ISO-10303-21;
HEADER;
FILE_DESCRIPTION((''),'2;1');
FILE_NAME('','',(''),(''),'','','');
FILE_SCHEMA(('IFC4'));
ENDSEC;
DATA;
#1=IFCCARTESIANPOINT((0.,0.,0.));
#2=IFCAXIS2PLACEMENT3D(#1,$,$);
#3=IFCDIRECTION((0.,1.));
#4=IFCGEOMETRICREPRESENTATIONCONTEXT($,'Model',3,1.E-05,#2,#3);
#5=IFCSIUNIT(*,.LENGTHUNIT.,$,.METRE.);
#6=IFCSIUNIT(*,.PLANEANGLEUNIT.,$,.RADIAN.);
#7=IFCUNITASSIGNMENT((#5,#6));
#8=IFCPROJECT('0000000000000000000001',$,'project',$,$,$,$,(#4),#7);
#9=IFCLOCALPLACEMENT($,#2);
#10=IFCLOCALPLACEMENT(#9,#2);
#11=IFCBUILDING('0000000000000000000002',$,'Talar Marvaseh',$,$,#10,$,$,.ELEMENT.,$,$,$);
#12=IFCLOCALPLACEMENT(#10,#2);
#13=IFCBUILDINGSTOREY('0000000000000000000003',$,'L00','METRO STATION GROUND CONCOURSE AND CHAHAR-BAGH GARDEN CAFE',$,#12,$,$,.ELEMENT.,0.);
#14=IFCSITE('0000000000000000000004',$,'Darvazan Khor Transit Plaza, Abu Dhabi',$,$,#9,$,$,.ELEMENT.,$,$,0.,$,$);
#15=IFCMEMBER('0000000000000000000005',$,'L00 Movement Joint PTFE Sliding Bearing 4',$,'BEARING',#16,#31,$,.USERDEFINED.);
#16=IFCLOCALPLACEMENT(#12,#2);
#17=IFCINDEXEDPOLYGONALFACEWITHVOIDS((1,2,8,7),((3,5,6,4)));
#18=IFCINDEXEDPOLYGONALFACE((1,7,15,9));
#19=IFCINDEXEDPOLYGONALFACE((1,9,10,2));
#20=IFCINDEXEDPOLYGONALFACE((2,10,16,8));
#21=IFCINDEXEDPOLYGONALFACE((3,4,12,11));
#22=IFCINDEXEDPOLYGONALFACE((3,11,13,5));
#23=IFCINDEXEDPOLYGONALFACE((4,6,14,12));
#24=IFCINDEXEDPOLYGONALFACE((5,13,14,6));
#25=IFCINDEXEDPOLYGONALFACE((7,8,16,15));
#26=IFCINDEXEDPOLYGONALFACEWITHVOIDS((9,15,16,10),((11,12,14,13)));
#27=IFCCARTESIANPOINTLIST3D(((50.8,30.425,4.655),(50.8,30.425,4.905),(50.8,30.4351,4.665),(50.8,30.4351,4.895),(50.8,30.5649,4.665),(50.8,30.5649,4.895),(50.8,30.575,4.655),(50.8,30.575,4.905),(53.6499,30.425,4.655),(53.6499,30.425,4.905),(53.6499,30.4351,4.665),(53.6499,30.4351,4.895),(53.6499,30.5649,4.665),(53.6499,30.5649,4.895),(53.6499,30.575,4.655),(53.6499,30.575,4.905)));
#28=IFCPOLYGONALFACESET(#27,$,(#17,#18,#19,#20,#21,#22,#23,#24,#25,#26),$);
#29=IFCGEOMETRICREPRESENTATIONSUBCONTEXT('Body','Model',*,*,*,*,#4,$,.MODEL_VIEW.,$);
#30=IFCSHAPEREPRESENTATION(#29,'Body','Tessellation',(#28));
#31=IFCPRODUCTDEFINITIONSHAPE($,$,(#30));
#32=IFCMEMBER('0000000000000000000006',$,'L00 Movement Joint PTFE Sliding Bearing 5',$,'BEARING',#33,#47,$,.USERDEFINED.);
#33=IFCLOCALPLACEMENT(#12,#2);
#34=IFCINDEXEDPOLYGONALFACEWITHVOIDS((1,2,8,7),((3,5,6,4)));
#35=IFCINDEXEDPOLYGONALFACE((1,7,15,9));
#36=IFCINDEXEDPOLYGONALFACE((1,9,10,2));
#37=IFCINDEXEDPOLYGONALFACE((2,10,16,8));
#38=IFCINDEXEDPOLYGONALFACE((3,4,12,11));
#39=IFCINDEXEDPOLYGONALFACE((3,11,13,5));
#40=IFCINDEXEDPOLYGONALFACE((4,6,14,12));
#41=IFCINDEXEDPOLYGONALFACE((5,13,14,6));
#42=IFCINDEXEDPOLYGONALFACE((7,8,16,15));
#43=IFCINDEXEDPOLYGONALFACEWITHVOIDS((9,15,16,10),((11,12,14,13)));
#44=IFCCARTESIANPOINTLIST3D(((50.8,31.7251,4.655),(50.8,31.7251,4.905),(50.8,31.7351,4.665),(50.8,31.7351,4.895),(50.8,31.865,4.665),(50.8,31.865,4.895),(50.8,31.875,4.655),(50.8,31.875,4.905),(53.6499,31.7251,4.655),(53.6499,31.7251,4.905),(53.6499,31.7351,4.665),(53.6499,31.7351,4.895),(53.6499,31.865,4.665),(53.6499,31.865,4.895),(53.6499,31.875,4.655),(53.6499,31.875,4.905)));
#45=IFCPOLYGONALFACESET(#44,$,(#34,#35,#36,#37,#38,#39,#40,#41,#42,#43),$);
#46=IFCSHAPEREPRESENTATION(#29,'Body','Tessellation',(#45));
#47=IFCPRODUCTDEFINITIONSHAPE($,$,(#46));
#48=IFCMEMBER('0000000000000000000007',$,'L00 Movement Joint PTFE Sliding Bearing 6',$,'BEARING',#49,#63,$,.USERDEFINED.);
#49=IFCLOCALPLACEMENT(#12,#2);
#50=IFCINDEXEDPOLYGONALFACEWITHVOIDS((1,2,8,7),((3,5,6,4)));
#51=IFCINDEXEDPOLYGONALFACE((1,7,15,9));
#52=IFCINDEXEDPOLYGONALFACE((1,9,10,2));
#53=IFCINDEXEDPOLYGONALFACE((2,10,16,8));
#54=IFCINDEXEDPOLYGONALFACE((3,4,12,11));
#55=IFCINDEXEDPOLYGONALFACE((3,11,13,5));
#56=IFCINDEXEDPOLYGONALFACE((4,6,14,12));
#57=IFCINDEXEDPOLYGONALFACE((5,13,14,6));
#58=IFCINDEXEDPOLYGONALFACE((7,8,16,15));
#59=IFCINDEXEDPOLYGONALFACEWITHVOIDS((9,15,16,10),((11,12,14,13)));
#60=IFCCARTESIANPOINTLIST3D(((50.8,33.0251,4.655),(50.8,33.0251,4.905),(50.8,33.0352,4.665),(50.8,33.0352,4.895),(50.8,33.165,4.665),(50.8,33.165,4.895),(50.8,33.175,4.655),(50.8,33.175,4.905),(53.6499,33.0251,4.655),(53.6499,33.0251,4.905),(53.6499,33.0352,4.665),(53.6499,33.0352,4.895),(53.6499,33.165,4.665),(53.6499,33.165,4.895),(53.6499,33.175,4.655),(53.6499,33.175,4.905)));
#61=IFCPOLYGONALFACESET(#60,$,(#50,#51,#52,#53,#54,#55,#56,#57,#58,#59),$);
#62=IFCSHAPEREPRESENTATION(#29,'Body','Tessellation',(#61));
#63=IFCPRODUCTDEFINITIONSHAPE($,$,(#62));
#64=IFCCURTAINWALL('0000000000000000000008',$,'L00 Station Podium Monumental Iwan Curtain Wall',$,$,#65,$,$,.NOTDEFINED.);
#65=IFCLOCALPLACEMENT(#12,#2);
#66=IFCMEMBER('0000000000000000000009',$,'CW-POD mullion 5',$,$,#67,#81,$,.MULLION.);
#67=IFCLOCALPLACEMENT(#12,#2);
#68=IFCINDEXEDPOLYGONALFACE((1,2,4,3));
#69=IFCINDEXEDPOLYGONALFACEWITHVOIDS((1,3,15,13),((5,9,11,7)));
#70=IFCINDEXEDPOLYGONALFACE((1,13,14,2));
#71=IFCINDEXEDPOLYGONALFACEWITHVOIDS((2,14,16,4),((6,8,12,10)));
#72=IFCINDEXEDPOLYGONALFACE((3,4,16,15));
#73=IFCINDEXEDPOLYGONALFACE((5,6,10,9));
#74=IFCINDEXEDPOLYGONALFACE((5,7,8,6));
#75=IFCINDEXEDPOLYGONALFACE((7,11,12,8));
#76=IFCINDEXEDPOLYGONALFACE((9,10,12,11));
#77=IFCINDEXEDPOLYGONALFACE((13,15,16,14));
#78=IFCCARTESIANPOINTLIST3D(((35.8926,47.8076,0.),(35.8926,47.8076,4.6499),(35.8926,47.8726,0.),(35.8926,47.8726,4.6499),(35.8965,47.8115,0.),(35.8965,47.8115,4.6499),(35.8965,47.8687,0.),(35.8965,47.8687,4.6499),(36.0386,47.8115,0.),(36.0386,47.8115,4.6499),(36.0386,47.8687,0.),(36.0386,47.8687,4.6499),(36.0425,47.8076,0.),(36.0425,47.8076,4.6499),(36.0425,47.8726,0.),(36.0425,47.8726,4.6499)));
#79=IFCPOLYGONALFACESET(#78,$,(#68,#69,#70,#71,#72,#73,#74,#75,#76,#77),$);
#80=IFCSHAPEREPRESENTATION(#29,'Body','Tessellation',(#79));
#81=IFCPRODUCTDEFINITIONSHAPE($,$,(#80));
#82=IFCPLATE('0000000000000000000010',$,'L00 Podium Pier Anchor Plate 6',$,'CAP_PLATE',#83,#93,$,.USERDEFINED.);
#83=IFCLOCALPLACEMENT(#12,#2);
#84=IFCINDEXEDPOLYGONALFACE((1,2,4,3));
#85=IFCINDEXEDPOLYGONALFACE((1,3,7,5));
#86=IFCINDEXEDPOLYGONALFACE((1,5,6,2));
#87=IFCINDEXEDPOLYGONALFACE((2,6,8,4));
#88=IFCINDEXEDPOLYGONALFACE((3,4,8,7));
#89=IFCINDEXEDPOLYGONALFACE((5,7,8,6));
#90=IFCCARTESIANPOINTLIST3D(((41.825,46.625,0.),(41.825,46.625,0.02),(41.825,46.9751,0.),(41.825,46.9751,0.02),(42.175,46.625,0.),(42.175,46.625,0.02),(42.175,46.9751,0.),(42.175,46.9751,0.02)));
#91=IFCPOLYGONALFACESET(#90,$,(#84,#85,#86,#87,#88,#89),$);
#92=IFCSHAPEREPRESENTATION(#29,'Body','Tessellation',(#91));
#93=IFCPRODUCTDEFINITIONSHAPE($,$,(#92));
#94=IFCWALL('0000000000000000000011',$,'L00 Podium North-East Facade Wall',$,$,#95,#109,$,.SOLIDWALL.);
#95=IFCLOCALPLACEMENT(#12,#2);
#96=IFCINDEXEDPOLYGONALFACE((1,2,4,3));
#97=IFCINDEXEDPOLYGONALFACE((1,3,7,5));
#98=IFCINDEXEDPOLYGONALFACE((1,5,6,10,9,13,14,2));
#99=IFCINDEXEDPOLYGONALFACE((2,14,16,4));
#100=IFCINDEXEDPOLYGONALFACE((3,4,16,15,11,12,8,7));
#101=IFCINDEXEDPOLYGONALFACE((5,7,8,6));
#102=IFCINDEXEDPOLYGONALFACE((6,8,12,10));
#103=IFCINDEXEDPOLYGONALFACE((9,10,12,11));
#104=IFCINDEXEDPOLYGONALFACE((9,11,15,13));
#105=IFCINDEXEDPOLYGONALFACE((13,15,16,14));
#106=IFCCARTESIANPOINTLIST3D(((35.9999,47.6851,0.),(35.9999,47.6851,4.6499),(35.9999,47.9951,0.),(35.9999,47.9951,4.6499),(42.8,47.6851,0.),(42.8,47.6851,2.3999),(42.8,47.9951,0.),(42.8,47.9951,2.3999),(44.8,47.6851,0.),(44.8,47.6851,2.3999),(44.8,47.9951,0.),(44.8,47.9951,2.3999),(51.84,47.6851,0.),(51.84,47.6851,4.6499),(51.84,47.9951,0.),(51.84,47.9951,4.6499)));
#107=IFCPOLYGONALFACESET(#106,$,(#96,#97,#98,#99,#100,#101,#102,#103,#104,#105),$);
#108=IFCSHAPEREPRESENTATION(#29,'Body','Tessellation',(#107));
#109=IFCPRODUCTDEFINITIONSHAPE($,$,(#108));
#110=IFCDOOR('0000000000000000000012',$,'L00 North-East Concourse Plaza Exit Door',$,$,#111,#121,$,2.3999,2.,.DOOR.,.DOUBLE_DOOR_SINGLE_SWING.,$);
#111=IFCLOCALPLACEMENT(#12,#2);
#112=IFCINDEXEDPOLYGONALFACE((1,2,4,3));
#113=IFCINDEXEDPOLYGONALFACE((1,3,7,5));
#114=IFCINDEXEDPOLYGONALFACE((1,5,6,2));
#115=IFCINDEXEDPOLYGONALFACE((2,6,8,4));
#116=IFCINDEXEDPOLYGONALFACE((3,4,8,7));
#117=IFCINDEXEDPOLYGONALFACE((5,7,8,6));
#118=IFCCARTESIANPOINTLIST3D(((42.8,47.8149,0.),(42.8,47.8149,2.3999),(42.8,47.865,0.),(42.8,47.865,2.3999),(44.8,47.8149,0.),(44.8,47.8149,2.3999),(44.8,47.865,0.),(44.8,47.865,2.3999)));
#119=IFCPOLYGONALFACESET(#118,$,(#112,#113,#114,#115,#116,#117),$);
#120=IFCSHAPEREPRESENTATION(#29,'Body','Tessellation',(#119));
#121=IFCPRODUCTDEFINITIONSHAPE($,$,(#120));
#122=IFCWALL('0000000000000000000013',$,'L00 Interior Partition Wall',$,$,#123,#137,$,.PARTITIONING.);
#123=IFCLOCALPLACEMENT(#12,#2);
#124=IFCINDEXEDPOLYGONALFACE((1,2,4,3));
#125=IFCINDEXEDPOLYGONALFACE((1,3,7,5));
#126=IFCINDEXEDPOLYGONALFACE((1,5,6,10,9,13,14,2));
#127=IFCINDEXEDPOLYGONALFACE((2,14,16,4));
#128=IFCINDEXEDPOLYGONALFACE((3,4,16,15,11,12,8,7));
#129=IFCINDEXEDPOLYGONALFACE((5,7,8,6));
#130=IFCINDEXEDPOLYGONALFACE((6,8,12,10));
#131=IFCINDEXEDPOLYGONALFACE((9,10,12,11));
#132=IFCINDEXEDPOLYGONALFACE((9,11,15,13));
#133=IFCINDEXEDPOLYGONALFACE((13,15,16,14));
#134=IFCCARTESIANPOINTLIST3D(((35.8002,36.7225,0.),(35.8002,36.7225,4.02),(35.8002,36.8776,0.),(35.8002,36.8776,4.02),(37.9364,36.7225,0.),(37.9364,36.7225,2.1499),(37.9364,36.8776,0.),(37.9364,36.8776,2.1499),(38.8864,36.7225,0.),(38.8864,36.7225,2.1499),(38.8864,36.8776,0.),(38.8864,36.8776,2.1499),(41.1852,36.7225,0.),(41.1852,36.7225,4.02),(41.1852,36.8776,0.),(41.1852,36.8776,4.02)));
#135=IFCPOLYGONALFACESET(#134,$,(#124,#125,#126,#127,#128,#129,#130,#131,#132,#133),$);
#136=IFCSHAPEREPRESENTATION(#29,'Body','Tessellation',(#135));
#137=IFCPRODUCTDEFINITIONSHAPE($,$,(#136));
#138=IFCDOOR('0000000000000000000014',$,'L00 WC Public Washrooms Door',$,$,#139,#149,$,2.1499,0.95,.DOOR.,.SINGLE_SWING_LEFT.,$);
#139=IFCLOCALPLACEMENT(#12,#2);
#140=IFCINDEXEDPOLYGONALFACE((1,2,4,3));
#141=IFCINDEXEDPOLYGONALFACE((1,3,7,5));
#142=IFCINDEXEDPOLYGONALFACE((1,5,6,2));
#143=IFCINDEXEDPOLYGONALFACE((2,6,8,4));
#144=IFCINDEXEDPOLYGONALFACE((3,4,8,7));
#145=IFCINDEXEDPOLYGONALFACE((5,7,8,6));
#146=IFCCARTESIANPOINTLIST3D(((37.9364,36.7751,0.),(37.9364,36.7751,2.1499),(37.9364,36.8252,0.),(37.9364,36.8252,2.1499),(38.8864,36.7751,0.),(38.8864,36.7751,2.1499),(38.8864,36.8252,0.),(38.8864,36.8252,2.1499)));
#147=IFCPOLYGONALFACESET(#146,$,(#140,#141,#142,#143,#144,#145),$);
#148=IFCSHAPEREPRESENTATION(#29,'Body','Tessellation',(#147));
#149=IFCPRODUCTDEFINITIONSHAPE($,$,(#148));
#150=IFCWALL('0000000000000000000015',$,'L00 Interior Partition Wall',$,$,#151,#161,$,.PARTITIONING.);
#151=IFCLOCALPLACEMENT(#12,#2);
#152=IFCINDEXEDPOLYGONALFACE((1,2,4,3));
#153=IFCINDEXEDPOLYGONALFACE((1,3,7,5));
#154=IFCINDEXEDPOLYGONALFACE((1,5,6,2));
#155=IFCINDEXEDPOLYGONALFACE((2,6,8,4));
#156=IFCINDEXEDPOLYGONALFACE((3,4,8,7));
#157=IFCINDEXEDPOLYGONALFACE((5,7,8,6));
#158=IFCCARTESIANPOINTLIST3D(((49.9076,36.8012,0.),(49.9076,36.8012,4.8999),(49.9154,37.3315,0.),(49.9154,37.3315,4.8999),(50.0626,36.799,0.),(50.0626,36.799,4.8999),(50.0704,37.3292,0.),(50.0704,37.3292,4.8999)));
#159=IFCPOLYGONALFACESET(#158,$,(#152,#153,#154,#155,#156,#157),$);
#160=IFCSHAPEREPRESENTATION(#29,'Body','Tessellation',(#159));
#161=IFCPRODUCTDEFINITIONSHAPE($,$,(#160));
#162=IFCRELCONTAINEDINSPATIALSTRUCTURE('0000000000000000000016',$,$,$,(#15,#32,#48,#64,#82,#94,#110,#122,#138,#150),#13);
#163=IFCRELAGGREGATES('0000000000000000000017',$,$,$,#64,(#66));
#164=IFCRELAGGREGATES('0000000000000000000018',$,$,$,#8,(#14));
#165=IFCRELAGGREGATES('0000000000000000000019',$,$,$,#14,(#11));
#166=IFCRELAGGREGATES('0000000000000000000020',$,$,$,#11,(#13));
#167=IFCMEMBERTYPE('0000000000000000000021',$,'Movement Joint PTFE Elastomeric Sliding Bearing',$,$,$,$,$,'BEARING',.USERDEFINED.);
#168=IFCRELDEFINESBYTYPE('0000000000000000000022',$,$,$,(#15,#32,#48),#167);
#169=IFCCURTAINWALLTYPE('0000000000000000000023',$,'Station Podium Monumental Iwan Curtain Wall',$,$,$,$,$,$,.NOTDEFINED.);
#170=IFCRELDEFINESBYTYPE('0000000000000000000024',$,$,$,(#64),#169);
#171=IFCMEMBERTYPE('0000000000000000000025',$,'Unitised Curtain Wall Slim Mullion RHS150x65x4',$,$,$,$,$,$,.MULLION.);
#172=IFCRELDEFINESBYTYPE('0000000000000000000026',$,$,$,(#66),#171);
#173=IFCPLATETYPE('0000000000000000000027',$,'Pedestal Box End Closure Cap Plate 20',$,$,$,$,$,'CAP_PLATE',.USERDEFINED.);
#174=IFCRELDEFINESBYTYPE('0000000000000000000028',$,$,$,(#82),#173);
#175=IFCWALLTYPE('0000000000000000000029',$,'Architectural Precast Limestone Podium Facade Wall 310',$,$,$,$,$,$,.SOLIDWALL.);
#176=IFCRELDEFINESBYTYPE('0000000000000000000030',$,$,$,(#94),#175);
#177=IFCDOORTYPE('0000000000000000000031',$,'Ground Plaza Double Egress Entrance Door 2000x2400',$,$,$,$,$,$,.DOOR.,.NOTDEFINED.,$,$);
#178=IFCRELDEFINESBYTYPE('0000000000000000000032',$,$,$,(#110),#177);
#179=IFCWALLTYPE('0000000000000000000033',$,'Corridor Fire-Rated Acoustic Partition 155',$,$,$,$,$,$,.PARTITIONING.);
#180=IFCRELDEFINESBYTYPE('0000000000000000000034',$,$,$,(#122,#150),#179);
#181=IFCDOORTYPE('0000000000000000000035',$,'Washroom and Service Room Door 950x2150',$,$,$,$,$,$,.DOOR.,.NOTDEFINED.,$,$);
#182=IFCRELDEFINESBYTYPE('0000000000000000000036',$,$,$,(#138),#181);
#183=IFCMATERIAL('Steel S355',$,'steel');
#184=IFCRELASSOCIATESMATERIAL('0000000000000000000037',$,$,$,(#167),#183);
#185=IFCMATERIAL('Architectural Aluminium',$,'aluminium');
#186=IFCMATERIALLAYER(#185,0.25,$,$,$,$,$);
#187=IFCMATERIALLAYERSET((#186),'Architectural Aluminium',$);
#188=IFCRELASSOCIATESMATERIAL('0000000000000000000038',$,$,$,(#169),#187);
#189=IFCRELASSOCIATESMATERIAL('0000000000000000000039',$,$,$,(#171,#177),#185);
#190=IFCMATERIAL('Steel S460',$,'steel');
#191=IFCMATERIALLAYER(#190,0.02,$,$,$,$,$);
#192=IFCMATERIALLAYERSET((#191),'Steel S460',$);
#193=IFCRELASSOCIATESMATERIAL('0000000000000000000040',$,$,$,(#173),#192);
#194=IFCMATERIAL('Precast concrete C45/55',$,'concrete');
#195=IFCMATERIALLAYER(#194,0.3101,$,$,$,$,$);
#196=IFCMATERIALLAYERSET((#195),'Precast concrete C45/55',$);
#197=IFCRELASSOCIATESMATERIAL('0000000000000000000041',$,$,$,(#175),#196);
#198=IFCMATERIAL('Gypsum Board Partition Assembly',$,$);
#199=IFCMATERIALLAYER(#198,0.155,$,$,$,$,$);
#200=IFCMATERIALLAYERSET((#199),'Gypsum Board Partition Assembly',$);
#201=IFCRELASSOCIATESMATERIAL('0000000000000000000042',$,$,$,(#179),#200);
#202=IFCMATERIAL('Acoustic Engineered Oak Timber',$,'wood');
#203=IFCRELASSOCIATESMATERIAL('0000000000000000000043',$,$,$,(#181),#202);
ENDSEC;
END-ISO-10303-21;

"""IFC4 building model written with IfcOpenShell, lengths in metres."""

from ifc_helpers import new_model, si_unit, direction, frame, frame_2d, origin, origin_2d, place, context, subcontext, project, spatial, rectangle, hollow_rectangle, extrude, source, transform, mapped, material, layer, layer_set, material_profile, profile_set, type_object, type_shapes, element, fill, aggregate, save


model = new_model("IFC4")

# Units and contexts
model_context = context("Model", 3, precision=1e-05, world=origin(), true_north=direction((0.0, 1.0)))
body_context = subcontext(model_context, "Body", "Model", "MODEL_VIEW")
ifc_project = project(units=[si_unit("LENGTHUNIT", "METRE"), si_unit("PLANEANGLEUNIT", "RADIAN")], contexts=[model_context])

# Site, building, storey
site_placement = place(None, origin())
site = spatial("IfcSite", under=ifc_project, at=site_placement, Name="Darvazan Khor Transit Plaza, Abu Dhabi", CompositionType="ELEMENT", RefElevation=0.0)
building_placement = place(site_placement, origin())
building = spatial("IfcBuilding", under=site, at=building_placement, Name="Talar Marvaseh", CompositionType="ELEMENT")
storey_placement = place(building_placement, origin())
storey = spatial("IfcBuildingStorey", under=building, at=storey_placement, Name="L00", Description="METRO STATION GROUND CONCOURSE AND CHAHAR-BAGH GARDEN CAFE", CompositionType="ELEMENT", Elevation=0.0)

# Shared definitions
ifc_material_1 = material(Name="Steel S355", Category="steel")

# Members
ifc_material_profile_1 = material_profile(ifc_material_1, hollow_rectangle(XDim=0.1499, YDim=0.25, WallThickness=0.01, at=origin_2d()), Name="RHS250x150x10")
ifc_profile_set_1 = profile_set([ifc_material_profile_1], Name="Steel S355")
member_type_1 = type_object("IfcMemberType", Name="Movement Joint PTFE Elastomeric Sliding Bearing", ElementType="BEARING", PredefinedType="USERDEFINED", material=ifc_profile_set_1)
shared_shape_1 = source(origin(), body_context, "Body", "SweptSolid", [
    extrude(hollow_rectangle(XDim=0.1499, YDim=0.25, WallThickness=0.01, at=origin_2d()), origin(), (0.0, 0.0, 1.0), 2.8499),
])
type_shapes(member_type_1, [shared_shape_1])
for number, where, z_axis, x_axis, name in (
    (1, (50.8, 30.5, 4.78), (1.0, 0.0, 0.0), (0.0, 1.0, 0.0), "L00 Movement Joint PTFE Sliding Bearing 4"),
    (2, (50.8, 31.8, 4.78), (1.0, 0.0, 0.0), (0.0, 1.0, 0.0), "L00 Movement Joint PTFE Sliding Bearing 5"),
    (3, (50.8, 33.1001, 4.78), (1.0, 0.0, 0.0), (0.0, 1.0, 0.0), "L00 Movement Joint PTFE Sliding Bearing 6"),
):
    element("IfcMember", number, at=place(storey_placement, frame(where, z_axis=z_axis, x_axis=x_axis)), inside=storey, type_object=member_type_1, Name=name, ObjectType="BEARING", PredefinedType="USERDEFINED", context=body_context, shape_type="MappedRepresentation", body=[
        mapped(shared_shape_1, transform((0.0, 0.0, 0.0), x_axis=(1.0, 0.0, 0.0), y_axis=(0.0, 1.0, 0.0), z_axis=(0.0, 0.0, 1.0), scale=1.0)),
    ])

# Curtain wall, member
ifc_material_2 = material(Name="Architectural Aluminium", Category="aluminium")
ifc_layer_1 = layer(ifc_material_2, 0.25)
ifc_layer_set_1 = layer_set([ifc_layer_1], Name="Architectural Aluminium")
curtain_wall_type = type_object("IfcCurtainWallType", Name="Station Podium Monumental Iwan Curtain Wall", PredefinedType="NOTDEFINED", material=ifc_layer_set_1)
curtain_wall_placement = place(storey_placement, origin())
curtain_wall = element("IfcCurtainWall", 4, at=curtain_wall_placement, inside=storey, type_object=curtain_wall_type, Name="L00 Station Podium Monumental Iwan Curtain Wall", PredefinedType="NOTDEFINED")
ifc_material_profile_2 = material_profile(ifc_material_2, hollow_rectangle(XDim=0.0649, YDim=0.1499, WallThickness=0.0039, at=origin_2d()), Name="RHS150x65x4")
ifc_profile_set_2 = profile_set([ifc_material_profile_2], Name="Architectural Aluminium")
member_type_2 = type_object("IfcMemberType", Name="Unitised Curtain Wall Slim Mullion RHS150x65x4", PredefinedType="MULLION", material=ifc_profile_set_2)
shared_shape_2 = source(origin(), body_context, "Body", "SweptSolid", [
    extrude(hollow_rectangle(XDim=0.0649, YDim=0.1499, WallThickness=0.0039, at=origin_2d()), origin(), (0.0, 0.0, 1.0), 4.6499),
])
type_shapes(member_type_2, [shared_shape_2])
member_placement = place(storey_placement, frame((35.9675, 47.8401, 0.0), z_axis=(0.0, 0.0, 1.0), x_axis=(0.0, 1.0, 0.0)))
member = element("IfcMember", 5, at=member_placement, type_object=member_type_2, Name="CW-POD mullion 5", PredefinedType="MULLION", context=body_context, shape_type="MappedRepresentation", body=[
    mapped(shared_shape_2, transform((0.0, 0.0, 0.0), x_axis=(1.0, 0.0, 0.0), y_axis=(0.0, 1.0, 0.0), z_axis=(0.0, 0.0, 1.0), scale=1.0)),
])
aggregate(curtain_wall, [member])

# Plate
ifc_material_3 = material(Name="Steel S460", Category="steel")
ifc_layer_2 = layer(ifc_material_3, 0.02)
ifc_layer_set_2 = layer_set([ifc_layer_2], Name="Steel S460")
plate_type = type_object("IfcPlateType", Name="Pedestal Box End Closure Cap Plate 20", ElementType="CAP_PLATE", PredefinedType="USERDEFINED", material=ifc_layer_set_2)
shared_shape_3 = source(origin(), body_context, "Body", "SweptSolid", [
    extrude(rectangle(XDim=0.3501, YDim=0.3501, at=origin_2d()), origin(), (0.0, 0.0, 1.0), 0.02),
])
type_shapes(plate_type, [shared_shape_3])
plate_placement = place(storey_placement, frame((42.0, 46.8, 0.0), z_axis=(0.0, 0.0, 1.0), x_axis=(1.0, 0.0, 0.0)))
element("IfcPlate", 6, at=plate_placement, inside=storey, type_object=plate_type, Name="L00 Podium Pier Anchor Plate 6", ObjectType="CAP_PLATE", PredefinedType="USERDEFINED", context=body_context, shape_type="MappedRepresentation", body=[
    mapped(shared_shape_3, transform((0.0, 0.0, 0.0), x_axis=(1.0, 0.0, 0.0), y_axis=(0.0, 1.0, 0.0), z_axis=(0.0, 0.0, 1.0), scale=1.0)),
])

# Walls, openings, doors
ifc_material_4 = material(Name="Precast concrete C45/55", Category="concrete")
ifc_layer_3 = layer(ifc_material_4, 0.3101)
ifc_layer_set_3 = layer_set([ifc_layer_3], Name="Precast concrete C45/55")
wall_type_1 = type_object("IfcWallType", Name="Architectural Precast Limestone Podium Facade Wall 310", PredefinedType="SOLIDWALL", material=ifc_layer_set_3)
wall_1_placement = place(storey_placement, frame((36.0, 47.8401, 0.0), z_axis=(0.0, 0.0, 1.0), x_axis=(1.0, 0.0, 0.0)))
wall_1 = element("IfcWall", 7, at=wall_1_placement, inside=storey, type_object=wall_type_1, Name="L00 Podium North-East Facade Wall", PredefinedType="SOLIDWALL", context=body_context, shape_type="SweptSolid", body=[
    extrude(rectangle(XDim=15.8401, YDim=0.3101, at=frame_2d((7.9199, 0.0))), origin(), (0.0, 0.0, 1.0), 4.6499),
])
opening_1_placement = place(wall_1_placement, frame((6.8, 0.0, 0.0)))
opening_1 = element("IfcOpeningElement", 8, at=opening_1_placement, cuts=wall_1, PredefinedType="OPENING", context=body_context, shape_type="SweptSolid", body=[
    extrude(rectangle(XDim=2.0, YDim=2.3999, at=frame_2d((1.0, 1.2))), frame((0.0, 0.165, 0.0), z_axis=(0.0, -1.0, 0.0), x_axis=(1.0, 0.0, 0.0)), (0.0, 0.0, 1.0), 0.3301),
])
door_type_1 = type_object("IfcDoorType", Name="Ground Plaza Double Egress Entrance Door 2000x2400", OperationType="NOTDEFINED", PredefinedType="DOOR", material=ifc_material_2)
shared_shape_4 = source(origin(), body_context, "Body", "SweptSolid", [
    extrude(rectangle(XDim=2.0, YDim=2.3999, at=frame_2d((1.0, 1.2))), frame((0.0, 0.0249, 0.0), z_axis=(0.0, -1.0, 0.0), x_axis=(1.0, 0.0, 0.0)), (0.0, 0.0, 1.0), 0.05),
])
type_shapes(door_type_1, [shared_shape_4])
door_1_placement = place(opening_1_placement, origin())
door_1 = element("IfcDoor", 9, at=door_1_placement, inside=storey, type_object=door_type_1, Name="L00 North-East Concourse Plaza Exit Door", OperationType="DOUBLE_DOOR_SINGLE_SWING", OverallHeight=2.3999, OverallWidth=2.0, PredefinedType="DOOR", context=body_context, shape_type="MappedRepresentation", body=[
    mapped(shared_shape_4, transform((0.0, 0.0, 0.0), x_axis=(1.0, 0.0, 0.0), y_axis=(0.0, 1.0, 0.0), z_axis=(0.0, 0.0, 1.0), scale=1.0)),
])
fill(opening_1, door_1)
ifc_material_5 = material(Name="Gypsum Board Partition Assembly")
ifc_layer_4 = layer(ifc_material_5, 0.155)
ifc_layer_set_4 = layer_set([ifc_layer_4], Name="Gypsum Board Partition Assembly")
wall_type_2 = type_object("IfcWallType", Name="Corridor Fire-Rated Acoustic Partition 155", PredefinedType="PARTITIONING", material=ifc_layer_set_4)
wall_2_placement = place(storey_placement, frame((41.1851, 36.8, 0.0), z_axis=(0.0, 0.0, 1.0), x_axis=(-1.0, 0.0, 0.0)))
wall_2 = element("IfcWall", 10, at=wall_2_placement, inside=storey, type_object=wall_type_2, Name="L00 Interior Partition Wall", PredefinedType="PARTITIONING", context=body_context, shape_type="SweptSolid", body=[
    extrude(rectangle(XDim=5.385, YDim=0.155, at=frame_2d((2.6924, 0.0))), origin(), (0.0, 0.0, 1.0), 4.02),
])
opening_2_placement = place(wall_2_placement, frame((2.2986, 0.0, 0.0)))
opening_2 = element("IfcOpeningElement", 11, at=opening_2_placement, cuts=wall_2, PredefinedType="OPENING", context=body_context, shape_type="SweptSolid", body=[
    extrude(rectangle(XDim=0.95, YDim=2.1499, at=frame_2d((0.4751, 1.075))), frame((0.0, 0.0874, 0.0), z_axis=(0.0, -1.0, 0.0), x_axis=(1.0, 0.0, 0.0)), (0.0, 0.0, 1.0), 0.175),
])
ifc_material_6 = material(Name="Acoustic Engineered Oak Timber", Category="wood")
door_type_2 = type_object("IfcDoorType", Name="Washroom and Service Room Door 950x2150", OperationType="NOTDEFINED", PredefinedType="DOOR", material=ifc_material_6)
shared_shape_5 = source(origin(), body_context, "Body", "SweptSolid", [
    extrude(rectangle(XDim=0.95, YDim=2.1499, at=frame_2d((0.4751, 1.075))), frame((0.0, 0.0249, 0.0), z_axis=(0.0, -1.0, 0.0), x_axis=(1.0, 0.0, 0.0)), (0.0, 0.0, 1.0), 0.05),
])
type_shapes(door_type_2, [shared_shape_5])
door_2_placement = place(opening_2_placement, origin())
door_2 = element("IfcDoor", 12, at=door_2_placement, inside=storey, type_object=door_type_2, Name="L00 WC Public Washrooms Door", OperationType="SINGLE_SWING_LEFT", OverallHeight=2.1499, OverallWidth=0.95, PredefinedType="DOOR", context=body_context, shape_type="MappedRepresentation", body=[
    mapped(shared_shape_5, transform((0.0, 0.0, 0.0), x_axis=(1.0, 0.0, 0.0), y_axis=(0.0, 1.0, 0.0), z_axis=(0.0, 0.0, 1.0), scale=1.0)),
])
fill(opening_2, door_2)

# Wall
wall_3_placement = place(storey_placement, frame((49.9929, 37.3303, 0.0), z_axis=(0.0, 0.0, 1.0), x_axis=(-0.014731, -0.999891, 0.0)))
element("IfcWall", 13, at=wall_3_placement, inside=storey, type_object=wall_type_2, Name="L00 Interior Partition Wall", PredefinedType="PARTITIONING", context=body_context, shape_type="SweptSolid", body=[
    extrude(rectangle(XDim=0.5303, YDim=0.155, at=frame_2d((0.2651, 0.0))), origin(), (0.0, 0.0, 1.0), 4.8999),
])

save(model, "model.ifc")
